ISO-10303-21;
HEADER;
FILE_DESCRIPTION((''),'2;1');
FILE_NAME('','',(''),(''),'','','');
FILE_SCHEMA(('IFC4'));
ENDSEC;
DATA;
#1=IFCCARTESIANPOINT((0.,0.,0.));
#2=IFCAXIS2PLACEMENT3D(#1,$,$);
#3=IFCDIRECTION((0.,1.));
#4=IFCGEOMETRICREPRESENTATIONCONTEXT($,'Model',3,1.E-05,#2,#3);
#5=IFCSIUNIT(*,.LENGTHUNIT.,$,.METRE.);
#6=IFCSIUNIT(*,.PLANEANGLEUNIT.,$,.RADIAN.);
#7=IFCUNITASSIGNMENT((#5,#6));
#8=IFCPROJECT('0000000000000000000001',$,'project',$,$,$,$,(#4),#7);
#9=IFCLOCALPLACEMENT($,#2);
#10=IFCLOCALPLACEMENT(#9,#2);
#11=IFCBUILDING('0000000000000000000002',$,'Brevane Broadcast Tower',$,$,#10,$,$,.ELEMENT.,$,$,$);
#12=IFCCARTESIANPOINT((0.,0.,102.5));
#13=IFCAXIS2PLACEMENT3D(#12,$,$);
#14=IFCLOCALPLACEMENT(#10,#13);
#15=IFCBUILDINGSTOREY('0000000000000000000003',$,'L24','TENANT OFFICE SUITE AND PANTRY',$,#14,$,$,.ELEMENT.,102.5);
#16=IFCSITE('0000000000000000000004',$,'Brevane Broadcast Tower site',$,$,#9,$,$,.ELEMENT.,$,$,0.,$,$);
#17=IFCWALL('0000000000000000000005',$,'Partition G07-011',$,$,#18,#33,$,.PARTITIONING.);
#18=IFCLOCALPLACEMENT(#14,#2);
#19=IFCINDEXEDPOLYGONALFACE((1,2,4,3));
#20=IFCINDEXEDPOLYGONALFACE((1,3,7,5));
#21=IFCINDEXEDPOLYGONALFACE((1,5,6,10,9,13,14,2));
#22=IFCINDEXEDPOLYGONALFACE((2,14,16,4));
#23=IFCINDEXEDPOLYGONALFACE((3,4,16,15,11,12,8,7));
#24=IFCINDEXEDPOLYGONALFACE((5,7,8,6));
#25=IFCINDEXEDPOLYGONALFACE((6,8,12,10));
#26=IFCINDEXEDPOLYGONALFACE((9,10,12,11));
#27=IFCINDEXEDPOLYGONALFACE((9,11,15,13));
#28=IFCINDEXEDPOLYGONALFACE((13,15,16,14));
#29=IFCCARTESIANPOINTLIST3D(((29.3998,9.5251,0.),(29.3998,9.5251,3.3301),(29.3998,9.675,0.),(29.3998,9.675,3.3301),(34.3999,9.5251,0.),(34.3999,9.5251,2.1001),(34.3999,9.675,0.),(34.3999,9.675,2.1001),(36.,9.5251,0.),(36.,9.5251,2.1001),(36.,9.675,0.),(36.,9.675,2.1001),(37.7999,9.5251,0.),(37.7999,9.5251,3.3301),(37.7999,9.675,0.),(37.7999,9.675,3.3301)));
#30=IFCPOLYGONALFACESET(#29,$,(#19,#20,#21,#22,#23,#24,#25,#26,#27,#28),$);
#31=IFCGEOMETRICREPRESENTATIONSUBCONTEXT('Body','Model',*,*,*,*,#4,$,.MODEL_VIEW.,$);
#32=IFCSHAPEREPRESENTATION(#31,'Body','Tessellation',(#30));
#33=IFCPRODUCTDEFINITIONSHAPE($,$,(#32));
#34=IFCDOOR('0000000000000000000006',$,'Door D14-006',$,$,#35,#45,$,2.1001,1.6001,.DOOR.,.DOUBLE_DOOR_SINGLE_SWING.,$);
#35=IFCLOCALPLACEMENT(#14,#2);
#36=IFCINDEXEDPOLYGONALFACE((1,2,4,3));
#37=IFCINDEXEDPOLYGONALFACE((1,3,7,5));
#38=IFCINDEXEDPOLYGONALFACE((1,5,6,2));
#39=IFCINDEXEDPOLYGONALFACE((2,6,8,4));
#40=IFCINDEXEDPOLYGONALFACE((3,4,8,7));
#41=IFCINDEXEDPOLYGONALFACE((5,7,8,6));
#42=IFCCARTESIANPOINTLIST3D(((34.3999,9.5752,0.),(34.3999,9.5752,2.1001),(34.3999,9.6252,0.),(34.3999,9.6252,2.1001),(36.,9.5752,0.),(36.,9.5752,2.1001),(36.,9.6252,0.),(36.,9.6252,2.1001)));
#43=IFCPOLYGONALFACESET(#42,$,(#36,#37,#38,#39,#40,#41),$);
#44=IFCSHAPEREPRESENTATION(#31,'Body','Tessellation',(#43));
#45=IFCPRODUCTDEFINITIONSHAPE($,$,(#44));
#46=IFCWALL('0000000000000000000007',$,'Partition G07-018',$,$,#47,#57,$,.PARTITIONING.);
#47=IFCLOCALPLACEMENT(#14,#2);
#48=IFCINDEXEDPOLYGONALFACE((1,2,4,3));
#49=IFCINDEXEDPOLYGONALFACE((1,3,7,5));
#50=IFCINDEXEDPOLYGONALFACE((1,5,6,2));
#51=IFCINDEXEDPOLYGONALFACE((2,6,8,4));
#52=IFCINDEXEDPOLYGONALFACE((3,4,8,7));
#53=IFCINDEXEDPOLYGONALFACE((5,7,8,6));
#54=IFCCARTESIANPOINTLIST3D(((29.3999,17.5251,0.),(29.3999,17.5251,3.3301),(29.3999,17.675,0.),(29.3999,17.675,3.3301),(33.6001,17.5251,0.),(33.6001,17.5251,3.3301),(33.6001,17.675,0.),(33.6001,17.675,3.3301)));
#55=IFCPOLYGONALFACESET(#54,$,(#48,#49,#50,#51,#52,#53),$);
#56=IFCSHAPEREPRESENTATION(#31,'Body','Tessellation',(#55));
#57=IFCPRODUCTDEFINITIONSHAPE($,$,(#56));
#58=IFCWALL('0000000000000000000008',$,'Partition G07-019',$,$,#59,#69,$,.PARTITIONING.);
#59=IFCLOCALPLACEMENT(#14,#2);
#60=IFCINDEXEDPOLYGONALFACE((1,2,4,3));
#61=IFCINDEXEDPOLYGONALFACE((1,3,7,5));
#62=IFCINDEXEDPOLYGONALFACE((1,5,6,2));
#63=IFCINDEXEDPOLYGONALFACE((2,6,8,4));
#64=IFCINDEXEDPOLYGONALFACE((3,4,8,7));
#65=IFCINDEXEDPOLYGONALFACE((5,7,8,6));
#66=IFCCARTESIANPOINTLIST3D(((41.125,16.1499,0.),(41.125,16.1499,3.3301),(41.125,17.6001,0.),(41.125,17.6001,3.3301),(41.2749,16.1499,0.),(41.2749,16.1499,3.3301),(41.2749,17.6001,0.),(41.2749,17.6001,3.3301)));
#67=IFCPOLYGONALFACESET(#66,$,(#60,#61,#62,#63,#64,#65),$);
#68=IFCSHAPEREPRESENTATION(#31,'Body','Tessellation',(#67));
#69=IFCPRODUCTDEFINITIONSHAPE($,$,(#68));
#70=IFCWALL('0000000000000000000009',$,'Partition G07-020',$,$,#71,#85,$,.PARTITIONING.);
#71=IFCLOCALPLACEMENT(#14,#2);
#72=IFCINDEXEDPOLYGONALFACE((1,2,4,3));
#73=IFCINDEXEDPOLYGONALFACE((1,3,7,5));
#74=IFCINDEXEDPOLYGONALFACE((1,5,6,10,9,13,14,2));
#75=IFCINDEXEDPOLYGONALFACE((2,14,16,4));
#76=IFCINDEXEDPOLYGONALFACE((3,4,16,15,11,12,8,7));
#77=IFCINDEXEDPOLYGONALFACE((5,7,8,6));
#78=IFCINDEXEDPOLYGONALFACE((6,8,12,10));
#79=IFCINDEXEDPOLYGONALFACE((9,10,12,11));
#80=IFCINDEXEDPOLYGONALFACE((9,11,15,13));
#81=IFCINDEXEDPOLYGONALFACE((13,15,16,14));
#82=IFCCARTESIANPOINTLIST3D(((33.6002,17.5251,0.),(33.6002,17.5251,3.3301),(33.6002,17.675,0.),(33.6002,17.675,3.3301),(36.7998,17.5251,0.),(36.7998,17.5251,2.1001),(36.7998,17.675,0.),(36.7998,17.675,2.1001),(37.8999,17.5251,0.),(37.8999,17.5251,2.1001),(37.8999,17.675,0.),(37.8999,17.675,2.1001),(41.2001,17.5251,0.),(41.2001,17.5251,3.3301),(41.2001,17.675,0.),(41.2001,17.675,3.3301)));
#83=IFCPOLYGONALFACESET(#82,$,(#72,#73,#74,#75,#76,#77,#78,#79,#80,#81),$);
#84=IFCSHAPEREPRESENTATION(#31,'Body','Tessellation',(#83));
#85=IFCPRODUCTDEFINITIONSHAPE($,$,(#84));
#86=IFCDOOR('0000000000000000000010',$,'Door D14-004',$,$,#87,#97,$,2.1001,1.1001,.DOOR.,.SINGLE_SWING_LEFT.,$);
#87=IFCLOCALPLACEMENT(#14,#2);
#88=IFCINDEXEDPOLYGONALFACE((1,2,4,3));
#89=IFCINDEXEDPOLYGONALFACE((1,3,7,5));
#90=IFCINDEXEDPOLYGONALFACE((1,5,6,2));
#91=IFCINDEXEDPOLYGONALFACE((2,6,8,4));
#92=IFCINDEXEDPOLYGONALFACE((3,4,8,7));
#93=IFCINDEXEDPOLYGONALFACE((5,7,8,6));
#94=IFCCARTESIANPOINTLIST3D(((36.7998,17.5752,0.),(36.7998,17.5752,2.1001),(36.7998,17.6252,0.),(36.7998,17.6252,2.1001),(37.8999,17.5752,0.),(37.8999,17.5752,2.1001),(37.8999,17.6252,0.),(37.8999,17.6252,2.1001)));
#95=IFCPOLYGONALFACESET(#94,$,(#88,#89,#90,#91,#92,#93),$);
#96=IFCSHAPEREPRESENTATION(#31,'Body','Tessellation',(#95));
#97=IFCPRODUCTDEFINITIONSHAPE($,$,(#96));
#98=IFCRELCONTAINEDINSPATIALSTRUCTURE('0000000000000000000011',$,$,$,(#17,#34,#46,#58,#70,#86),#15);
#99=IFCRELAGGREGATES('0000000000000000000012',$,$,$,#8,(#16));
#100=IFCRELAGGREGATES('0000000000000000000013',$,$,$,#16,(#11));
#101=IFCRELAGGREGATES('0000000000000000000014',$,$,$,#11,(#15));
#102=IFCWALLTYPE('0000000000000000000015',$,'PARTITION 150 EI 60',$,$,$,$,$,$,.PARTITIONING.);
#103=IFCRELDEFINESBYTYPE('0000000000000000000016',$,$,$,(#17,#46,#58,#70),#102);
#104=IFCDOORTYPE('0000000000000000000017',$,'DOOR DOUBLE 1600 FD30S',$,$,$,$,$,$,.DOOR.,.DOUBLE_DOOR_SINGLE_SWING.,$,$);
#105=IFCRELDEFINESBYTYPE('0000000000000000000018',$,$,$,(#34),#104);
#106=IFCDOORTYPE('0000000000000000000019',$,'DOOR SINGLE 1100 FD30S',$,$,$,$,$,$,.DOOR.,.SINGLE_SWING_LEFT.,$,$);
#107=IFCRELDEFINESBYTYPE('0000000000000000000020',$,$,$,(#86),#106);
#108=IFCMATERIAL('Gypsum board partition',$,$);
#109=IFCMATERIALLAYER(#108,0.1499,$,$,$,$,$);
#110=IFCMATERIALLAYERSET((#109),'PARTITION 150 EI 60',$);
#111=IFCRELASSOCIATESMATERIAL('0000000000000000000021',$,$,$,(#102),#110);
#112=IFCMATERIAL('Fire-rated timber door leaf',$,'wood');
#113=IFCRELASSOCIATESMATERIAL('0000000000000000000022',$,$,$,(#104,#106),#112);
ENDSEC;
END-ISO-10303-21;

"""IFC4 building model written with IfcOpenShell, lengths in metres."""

from ifc_helpers import new_model, si_unit, direction, frame, frame_2d, origin, place, context, subcontext, project, spatial, rectangle, extrude, material, layer, layer_set, type_object, element, fill, save


model = new_model("IFC4")

# Units and contexts
model_context = context("Model", 3, precision=1e-05, world=origin(), true_north=direction((0.0, 1.0)))
body_context = subcontext(model_context, "Body", "Model", "MODEL_VIEW")
ifc_project = project(units=[si_unit("LENGTHUNIT", "METRE"), si_unit("PLANEANGLEUNIT", "RADIAN")], contexts=[model_context])

# Site, building, storey
site_placement = place(None, origin())
site = spatial("IfcSite", under=ifc_project, at=site_placement, Name="Brevane Broadcast Tower site", CompositionType="ELEMENT", RefElevation=0.0)
building_placement = place(site_placement, origin())
building = spatial("IfcBuilding", under=site, at=building_placement, Name="Brevane Broadcast Tower", CompositionType="ELEMENT")
storey_placement = place(building_placement, frame((0.0, 0.0, 102.5)))
storey = spatial("IfcBuildingStorey", under=building, at=storey_placement, Name="L24", Description="TENANT OFFICE SUITE AND PANTRY", CompositionType="ELEMENT", Elevation=102.5)

# Shared definitions
ifc_material_1 = material(Name="Gypsum board partition")

# Shared definitions
ifc_layer_1 = layer(ifc_material_1, 0.1499)
ifc_layer_set_1 = layer_set([ifc_layer_1], Name="PARTITION 150 EI 60")
wall_type_1 = type_object("IfcWallType", Name="PARTITION 150 EI 60", PredefinedType="PARTITIONING", material=ifc_layer_set_1)
ifc_material_2 = material(Name="Fire-rated timber door leaf", Category="wood")

# Wall, opening, door
wall_1_placement = place(storey_placement, frame((37.8, 9.6001, 0.0), z_axis=(0.0, 0.0, 1.0), x_axis=(-1.0, 0.0, 0.0)))
wall_1 = element("IfcWall", 1, at=wall_1_placement, inside=storey, type_object=wall_type_1, Name="Partition G07-011", PredefinedType="PARTITIONING", context=body_context, shape_type="SweptSolid", body=[
    extrude(rectangle(XDim=8.4001, YDim=0.1499, at=frame_2d((4.2002, 0.0))), origin(), (0.0, 0.0, 1.0), 3.3301),
])
opening_1_placement = place(wall_1_placement, frame((1.8, 0.0, 0.0)))
opening_1 = element("IfcOpeningElement", 2, at=opening_1_placement, cuts=wall_1, PredefinedType="OPENING", context=body_context, shape_type="SweptSolid", body=[
    extrude(rectangle(XDim=1.6001, YDim=2.1001, at=frame_2d((0.8, 1.05))), frame((0.0, 0.085, 0.0), z_axis=(0.0, -1.0, 0.0), x_axis=(1.0, 0.0, 0.0)), (0.0, 0.0, 1.0), 0.1699),
])
door_type_1 = type_object("IfcDoorType", Name="DOOR DOUBLE 1600 FD30S", OperationType="DOUBLE_DOOR_SINGLE_SWING", PredefinedType="DOOR", material=ifc_material_2)
door_1_placement = place(opening_1_placement, origin())
door_1 = element("IfcDoor", 3, at=door_1_placement, inside=storey, type_object=door_type_1, Name="Door D14-006", OperationType="DOUBLE_DOOR_SINGLE_SWING", OverallHeight=2.1001, OverallWidth=1.6001, PredefinedType="DOOR", context=body_context, shape_type="SweptSolid", body=[
    extrude(rectangle(XDim=1.6001, YDim=2.1001, at=frame_2d((0.8, 1.05))), frame((0.0, 0.0249, 0.0), z_axis=(0.0, -1.0, 0.0), x_axis=(1.0, 0.0, 0.0)), (0.0, 0.0, 1.0), 0.05),
])
fill(opening_1, door_1)

# Walls
wall_2_placement = place(storey_placement, frame((33.6001, 17.6001, 0.0), z_axis=(0.0, 0.0, 1.0), x_axis=(-1.0, 0.0, 0.0)))
element("IfcWall", 4, at=wall_2_placement, inside=storey, type_object=wall_type_1, Name="Partition G07-018", PredefinedType="PARTITIONING", context=body_context, shape_type="SweptSolid", body=[
    extrude(rectangle(XDim=4.2002, YDim=0.1499, at=frame_2d((2.1001, 0.0))), origin(), (0.0, 0.0, 1.0), 3.3301),
])
wall_3_placement = place(storey_placement, frame((41.2, 16.1499, 0.0), z_axis=(0.0, 0.0, 1.0), x_axis=(0.0, 1.0, 0.0)))
element("IfcWall", 5, at=wall_3_placement, inside=storey, type_object=wall_type_1, Name="Partition G07-019", PredefinedType="PARTITIONING", context=body_context, shape_type="SweptSolid", body=[
    extrude(rectangle(XDim=1.4502, YDim=0.1499, at=frame_2d((0.7251, 0.0))), origin(), (0.0, 0.0, 1.0), 3.3301),
])

# Wall, opening, door
wall_4_placement = place(storey_placement, frame((41.2, 17.6001, 0.0), z_axis=(0.0, 0.0, 1.0), x_axis=(-1.0, 0.0, 0.0)))
wall_4 = element("IfcWall", 6, at=wall_4_placement, inside=storey, type_object=wall_type_1, Name="Partition G07-020", PredefinedType="PARTITIONING", context=body_context, shape_type="SweptSolid", body=[
    extrude(rectangle(XDim=7.5999, YDim=0.1499, at=frame_2d((3.7998, 0.0))), origin(), (0.0, 0.0, 1.0), 3.3301),
])
opening_2_placement = place(wall_4_placement, frame((3.3, 0.0, 0.0)))
opening_2 = element("IfcOpeningElement", 7, at=opening_2_placement, cuts=wall_4, PredefinedType="OPENING", context=body_context, shape_type="SweptSolid", body=[
    extrude(rectangle(XDim=1.1001, YDim=2.1001, at=frame_2d((0.55, 1.05))), frame((0.0, 0.085, 0.0), z_axis=(0.0, -1.0, 0.0), x_axis=(1.0, 0.0, 0.0)), (0.0, 0.0, 1.0), 0.1699),
])
door_type_2 = type_object("IfcDoorType", Name="DOOR SINGLE 1100 FD30S", OperationType="SINGLE_SWING_LEFT", PredefinedType="DOOR", material=ifc_material_2)
door_2_placement = place(opening_2_placement, origin())
door_2 = element("IfcDoor", 8, at=door_2_placement, inside=storey, type_object=door_type_2, Name="Door D14-004", OperationType="SINGLE_SWING_LEFT", OverallHeight=2.1001, OverallWidth=1.1001, PredefinedType="DOOR", context=body_context, shape_type="SweptSolid", body=[
    extrude(rectangle(XDim=1.1001, YDim=2.1001, at=frame_2d((0.55, 1.05))), frame((0.0, 0.0249, 0.0), z_axis=(0.0, -1.0, 0.0), x_axis=(1.0, 0.0, 0.0)), (0.0, 0.0, 1.0), 0.05),
])
fill(opening_2, door_2)

save(model, "model.ifc")
